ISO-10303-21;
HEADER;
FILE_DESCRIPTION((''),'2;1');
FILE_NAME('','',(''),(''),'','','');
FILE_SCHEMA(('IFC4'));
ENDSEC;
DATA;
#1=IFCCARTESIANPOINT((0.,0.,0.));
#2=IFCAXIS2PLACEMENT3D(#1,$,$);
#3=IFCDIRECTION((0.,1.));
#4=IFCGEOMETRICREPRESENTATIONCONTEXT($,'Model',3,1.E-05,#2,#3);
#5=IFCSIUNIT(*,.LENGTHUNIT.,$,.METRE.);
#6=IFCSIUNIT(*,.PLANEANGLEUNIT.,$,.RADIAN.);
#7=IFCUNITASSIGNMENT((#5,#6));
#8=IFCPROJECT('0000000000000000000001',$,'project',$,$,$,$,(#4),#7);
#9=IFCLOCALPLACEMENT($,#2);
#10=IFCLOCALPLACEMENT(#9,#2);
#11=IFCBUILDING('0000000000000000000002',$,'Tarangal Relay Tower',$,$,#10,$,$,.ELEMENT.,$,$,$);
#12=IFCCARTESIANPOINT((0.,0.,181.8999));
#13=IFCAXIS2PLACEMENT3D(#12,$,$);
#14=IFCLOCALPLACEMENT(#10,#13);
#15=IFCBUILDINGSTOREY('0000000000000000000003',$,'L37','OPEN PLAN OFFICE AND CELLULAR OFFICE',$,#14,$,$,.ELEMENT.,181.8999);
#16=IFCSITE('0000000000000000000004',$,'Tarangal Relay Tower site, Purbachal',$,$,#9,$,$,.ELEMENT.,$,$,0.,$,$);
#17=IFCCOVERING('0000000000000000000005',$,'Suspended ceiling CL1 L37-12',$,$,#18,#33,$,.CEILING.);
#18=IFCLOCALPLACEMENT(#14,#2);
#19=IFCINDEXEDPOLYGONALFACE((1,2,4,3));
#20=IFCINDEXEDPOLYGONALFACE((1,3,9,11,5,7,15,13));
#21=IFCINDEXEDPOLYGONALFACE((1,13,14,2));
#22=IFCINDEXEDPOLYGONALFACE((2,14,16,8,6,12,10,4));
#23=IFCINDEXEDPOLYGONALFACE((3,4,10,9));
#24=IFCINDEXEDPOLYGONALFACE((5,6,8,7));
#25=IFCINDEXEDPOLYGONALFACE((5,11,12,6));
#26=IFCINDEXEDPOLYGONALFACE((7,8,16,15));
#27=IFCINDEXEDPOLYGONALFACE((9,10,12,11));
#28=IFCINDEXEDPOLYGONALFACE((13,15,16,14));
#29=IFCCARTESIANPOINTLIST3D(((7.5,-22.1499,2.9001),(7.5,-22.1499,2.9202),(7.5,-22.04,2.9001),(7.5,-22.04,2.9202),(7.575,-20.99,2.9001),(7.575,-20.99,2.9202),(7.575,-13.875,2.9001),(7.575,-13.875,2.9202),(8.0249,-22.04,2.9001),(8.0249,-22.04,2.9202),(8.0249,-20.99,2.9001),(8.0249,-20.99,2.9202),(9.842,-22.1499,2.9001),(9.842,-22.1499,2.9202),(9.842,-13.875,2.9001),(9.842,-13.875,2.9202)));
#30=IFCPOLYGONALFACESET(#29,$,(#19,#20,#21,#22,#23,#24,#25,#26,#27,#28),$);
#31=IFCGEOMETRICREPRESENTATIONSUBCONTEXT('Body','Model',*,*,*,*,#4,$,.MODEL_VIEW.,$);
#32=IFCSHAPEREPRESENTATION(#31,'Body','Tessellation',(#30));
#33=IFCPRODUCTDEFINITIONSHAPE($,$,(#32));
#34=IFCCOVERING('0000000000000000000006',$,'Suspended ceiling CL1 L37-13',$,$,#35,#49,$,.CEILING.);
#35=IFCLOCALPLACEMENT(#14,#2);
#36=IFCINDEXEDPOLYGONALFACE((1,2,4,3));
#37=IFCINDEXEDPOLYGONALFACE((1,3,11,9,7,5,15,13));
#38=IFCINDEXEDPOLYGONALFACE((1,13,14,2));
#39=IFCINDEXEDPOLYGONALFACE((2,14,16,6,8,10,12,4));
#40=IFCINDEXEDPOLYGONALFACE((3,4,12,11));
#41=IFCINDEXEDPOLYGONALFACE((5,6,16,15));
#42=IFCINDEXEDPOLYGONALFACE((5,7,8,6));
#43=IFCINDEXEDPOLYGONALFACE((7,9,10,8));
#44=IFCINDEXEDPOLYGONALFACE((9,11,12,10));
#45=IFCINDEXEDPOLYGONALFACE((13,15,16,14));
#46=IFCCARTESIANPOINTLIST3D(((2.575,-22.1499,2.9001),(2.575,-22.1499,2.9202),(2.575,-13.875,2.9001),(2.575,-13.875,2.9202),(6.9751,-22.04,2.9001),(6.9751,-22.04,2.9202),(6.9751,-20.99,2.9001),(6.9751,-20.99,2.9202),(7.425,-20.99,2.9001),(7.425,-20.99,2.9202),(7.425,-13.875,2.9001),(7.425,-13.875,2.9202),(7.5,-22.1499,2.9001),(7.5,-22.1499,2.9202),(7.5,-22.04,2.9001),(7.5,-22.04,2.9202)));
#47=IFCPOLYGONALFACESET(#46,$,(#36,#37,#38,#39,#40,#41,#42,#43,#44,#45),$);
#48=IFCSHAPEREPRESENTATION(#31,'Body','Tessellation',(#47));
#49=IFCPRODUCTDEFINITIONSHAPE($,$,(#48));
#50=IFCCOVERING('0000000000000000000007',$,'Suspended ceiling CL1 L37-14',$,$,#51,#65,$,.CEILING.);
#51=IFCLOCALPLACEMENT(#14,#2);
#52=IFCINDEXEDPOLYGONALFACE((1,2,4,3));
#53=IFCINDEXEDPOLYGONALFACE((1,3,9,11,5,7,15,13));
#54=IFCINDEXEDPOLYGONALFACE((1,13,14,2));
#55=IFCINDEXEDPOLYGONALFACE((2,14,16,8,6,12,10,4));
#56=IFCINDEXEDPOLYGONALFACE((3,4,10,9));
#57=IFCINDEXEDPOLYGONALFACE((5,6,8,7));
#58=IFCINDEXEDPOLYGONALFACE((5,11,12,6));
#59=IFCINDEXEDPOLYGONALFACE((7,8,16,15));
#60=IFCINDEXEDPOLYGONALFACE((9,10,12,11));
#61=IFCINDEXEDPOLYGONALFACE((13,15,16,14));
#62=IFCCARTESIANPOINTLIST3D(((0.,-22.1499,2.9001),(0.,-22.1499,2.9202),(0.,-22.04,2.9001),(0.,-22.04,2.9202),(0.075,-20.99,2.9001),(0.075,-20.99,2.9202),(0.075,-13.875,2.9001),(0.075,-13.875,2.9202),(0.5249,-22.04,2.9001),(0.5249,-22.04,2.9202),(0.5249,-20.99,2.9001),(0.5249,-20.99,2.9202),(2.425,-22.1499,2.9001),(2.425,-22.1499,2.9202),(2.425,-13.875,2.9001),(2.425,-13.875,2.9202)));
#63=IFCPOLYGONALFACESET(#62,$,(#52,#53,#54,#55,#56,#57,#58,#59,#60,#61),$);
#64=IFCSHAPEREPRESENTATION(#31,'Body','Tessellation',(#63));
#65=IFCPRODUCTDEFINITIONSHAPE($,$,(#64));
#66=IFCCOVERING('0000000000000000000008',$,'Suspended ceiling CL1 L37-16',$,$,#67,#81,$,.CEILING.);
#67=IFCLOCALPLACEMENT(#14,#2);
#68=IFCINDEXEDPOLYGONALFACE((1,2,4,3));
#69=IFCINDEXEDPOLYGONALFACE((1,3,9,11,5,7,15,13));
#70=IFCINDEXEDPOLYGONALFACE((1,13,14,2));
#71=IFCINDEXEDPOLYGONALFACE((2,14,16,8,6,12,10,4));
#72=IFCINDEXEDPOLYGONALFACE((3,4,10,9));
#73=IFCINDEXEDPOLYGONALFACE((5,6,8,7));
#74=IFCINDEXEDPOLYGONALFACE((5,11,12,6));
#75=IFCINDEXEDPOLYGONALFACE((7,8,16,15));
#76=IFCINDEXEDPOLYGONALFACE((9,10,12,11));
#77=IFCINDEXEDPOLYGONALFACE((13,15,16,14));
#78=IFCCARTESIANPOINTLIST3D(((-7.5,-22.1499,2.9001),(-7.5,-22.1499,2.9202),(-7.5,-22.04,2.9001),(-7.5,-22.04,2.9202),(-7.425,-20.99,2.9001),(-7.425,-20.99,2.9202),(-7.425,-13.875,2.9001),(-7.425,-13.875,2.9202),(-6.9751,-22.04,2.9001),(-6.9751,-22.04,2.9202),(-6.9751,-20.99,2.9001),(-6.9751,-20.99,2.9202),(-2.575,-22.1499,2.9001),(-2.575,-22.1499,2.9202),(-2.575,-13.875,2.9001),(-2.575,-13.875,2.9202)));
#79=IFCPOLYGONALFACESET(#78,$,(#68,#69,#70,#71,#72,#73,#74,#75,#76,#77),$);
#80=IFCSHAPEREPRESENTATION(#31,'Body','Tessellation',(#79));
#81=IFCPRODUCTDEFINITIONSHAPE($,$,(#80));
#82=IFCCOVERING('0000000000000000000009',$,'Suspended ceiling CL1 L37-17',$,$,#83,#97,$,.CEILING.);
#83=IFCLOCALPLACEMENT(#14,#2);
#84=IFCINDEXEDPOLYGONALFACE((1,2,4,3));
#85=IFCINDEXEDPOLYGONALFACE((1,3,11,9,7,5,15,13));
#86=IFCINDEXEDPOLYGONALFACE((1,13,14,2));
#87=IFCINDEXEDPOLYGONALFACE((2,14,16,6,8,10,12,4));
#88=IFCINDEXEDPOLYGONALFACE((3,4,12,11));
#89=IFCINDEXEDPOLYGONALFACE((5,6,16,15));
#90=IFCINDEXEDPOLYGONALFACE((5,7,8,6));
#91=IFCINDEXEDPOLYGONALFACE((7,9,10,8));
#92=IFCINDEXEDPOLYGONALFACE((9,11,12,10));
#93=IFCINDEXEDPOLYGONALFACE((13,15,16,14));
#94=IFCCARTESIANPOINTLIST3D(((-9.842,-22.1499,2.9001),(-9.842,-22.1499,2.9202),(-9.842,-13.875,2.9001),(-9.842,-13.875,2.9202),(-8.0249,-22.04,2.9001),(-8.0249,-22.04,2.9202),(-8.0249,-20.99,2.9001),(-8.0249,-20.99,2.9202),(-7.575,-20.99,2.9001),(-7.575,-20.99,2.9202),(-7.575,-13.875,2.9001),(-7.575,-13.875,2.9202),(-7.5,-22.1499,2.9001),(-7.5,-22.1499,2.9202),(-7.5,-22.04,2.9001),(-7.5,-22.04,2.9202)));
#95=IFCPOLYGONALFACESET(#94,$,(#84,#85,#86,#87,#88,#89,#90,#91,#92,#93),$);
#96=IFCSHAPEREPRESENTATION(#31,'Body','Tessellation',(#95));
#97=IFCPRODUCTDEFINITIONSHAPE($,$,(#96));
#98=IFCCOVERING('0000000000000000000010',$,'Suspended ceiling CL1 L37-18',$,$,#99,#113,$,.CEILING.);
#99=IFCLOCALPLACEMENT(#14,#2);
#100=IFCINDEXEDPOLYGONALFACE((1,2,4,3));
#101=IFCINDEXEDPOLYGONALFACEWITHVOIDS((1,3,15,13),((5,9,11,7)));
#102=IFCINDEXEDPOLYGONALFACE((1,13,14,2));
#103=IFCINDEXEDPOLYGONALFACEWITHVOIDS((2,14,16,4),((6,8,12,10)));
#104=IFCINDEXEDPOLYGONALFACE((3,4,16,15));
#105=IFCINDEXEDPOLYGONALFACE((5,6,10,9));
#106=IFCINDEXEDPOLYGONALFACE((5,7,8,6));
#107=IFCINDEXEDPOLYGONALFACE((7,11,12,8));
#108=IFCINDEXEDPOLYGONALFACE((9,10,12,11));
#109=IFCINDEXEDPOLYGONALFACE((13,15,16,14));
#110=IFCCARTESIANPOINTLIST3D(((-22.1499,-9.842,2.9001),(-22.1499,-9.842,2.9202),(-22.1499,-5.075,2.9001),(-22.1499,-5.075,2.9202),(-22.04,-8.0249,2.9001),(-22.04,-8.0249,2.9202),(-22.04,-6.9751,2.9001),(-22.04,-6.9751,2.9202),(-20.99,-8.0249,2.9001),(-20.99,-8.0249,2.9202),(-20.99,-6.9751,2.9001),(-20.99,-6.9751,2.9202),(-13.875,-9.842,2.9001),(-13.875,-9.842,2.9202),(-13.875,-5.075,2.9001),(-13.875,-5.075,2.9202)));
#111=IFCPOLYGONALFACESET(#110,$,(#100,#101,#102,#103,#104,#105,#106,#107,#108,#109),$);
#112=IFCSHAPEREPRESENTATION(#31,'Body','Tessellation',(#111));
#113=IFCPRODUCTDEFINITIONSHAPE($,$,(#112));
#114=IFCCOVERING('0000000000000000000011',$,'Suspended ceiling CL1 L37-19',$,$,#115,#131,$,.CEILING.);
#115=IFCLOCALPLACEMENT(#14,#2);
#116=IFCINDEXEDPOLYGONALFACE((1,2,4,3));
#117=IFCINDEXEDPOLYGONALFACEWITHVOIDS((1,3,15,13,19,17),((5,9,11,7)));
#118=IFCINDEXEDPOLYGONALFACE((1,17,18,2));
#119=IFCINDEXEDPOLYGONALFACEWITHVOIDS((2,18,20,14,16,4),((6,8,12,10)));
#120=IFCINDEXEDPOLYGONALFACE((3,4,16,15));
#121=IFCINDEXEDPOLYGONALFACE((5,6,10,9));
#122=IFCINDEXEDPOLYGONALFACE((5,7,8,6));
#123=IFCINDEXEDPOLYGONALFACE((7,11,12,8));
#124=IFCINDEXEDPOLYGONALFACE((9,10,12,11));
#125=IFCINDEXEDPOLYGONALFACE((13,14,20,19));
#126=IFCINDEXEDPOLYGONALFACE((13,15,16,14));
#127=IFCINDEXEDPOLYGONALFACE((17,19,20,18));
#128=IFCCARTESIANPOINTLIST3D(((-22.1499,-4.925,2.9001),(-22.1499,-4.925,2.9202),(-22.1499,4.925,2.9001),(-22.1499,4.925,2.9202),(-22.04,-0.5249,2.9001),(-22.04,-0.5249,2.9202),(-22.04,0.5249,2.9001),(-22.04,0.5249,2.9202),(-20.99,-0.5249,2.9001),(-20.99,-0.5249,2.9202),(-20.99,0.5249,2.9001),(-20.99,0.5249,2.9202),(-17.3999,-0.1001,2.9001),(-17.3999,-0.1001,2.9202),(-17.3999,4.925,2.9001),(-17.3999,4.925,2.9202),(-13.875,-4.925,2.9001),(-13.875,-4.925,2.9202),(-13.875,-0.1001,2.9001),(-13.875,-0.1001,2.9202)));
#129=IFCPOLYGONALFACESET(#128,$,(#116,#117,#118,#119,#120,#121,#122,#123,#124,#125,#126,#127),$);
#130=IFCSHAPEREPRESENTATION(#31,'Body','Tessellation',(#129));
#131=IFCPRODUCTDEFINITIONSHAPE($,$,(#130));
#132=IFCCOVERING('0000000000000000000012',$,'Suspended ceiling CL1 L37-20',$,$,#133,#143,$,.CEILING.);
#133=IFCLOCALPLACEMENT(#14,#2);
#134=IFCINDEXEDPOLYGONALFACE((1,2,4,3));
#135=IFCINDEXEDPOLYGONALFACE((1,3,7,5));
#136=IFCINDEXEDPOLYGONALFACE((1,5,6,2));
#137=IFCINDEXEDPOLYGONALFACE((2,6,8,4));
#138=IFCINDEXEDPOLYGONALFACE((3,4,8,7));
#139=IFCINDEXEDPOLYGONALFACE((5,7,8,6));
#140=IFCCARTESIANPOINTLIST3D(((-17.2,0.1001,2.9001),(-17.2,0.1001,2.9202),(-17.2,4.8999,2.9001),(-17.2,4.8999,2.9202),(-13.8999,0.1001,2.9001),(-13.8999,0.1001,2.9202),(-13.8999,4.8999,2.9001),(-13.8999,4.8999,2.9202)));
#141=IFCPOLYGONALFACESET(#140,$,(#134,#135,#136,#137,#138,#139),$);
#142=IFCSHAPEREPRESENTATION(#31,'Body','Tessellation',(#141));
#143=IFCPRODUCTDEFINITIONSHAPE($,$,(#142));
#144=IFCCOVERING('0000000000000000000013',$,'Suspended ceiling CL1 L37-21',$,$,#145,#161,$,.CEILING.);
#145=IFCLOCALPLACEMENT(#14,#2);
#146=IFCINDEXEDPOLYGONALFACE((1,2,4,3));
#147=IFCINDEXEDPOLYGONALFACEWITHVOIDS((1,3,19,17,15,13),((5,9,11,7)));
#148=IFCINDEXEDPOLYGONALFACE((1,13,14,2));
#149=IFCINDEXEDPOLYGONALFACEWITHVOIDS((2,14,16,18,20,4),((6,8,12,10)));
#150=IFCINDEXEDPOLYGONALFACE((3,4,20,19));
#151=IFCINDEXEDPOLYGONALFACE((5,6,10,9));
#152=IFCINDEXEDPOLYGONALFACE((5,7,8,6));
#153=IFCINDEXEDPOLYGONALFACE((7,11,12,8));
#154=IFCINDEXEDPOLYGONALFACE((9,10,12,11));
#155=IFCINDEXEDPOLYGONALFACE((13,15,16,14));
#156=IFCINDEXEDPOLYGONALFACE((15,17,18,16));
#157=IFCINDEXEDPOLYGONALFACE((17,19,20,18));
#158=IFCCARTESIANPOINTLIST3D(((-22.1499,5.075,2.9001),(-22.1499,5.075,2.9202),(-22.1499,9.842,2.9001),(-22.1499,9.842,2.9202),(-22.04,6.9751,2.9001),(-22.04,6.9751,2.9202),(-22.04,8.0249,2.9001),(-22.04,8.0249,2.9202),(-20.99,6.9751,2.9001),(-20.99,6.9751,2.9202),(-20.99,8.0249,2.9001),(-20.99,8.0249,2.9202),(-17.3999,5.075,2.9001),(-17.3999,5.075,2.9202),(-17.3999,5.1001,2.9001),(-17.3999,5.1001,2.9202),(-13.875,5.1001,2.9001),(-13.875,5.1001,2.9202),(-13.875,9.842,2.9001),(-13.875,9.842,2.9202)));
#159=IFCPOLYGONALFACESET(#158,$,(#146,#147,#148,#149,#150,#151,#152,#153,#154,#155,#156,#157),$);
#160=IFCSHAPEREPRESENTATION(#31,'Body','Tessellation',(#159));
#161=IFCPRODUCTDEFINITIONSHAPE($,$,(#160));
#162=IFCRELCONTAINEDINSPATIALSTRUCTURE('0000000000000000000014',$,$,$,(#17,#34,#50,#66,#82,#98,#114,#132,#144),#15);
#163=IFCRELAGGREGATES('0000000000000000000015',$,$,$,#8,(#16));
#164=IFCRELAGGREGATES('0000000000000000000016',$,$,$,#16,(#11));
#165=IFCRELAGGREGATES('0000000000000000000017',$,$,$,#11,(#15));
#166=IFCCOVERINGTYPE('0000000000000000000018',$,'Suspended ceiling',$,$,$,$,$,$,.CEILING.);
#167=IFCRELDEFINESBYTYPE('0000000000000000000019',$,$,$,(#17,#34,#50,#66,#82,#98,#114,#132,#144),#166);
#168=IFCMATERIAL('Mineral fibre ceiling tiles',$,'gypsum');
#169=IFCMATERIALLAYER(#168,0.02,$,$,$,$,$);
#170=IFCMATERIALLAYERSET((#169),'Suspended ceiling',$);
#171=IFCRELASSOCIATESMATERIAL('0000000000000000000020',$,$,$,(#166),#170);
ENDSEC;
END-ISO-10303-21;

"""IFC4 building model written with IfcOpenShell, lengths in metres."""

from ifc_helpers import new_model, si_unit, direction, frame, origin, place, context, subcontext, project, spatial, polyline, outline, extrude, material, layer, layer_set, type_object, element, save


model = new_model("IFC4")

# Units and contexts
model_context = context("Model", 3, precision=1e-05, world=origin(), true_north=direction((0.0, 1.0)))
body_context = subcontext(model_context, "Body", "Model", "MODEL_VIEW")
ifc_project = project(units=[si_unit("LENGTHUNIT", "METRE"), si_unit("PLANEANGLEUNIT", "RADIAN")], contexts=[model_context])

# Site, building, storey
site_placement = place(None, origin())
site = spatial("IfcSite", under=ifc_project, at=site_placement, Name="Tarangal Relay Tower site, Purbachal", CompositionType="ELEMENT", RefElevation=0.0)
building_placement = place(site_placement, origin())
building = spatial("IfcBuilding", under=site, at=building_placement, Name="Tarangal Relay Tower", CompositionType="ELEMENT")
storey_placement = place(building_placement, frame((0.0, 0.0, 181.8999)))
storey = spatial("IfcBuildingStorey", under=building, at=storey_placement, Name="L37", Description="OPEN PLAN OFFICE AND CELLULAR OFFICE", CompositionType="ELEMENT", Elevation=181.8999)

# Coverings
ifc_material_1 = material(Name="Mineral fibre ceiling tiles", Category="gypsum")
ifc_layer_1 = layer(ifc_material_1, 0.02)
ifc_layer_set_1 = layer_set([ifc_layer_1], Name="Suspended ceiling")
covering_type_1 = type_object("IfcCoveringType", Name="Suspended ceiling", PredefinedType="CEILING", material=ifc_layer_set_1)
covering_1_placement = place(storey_placement, frame((0.0, 0.0, 2.9001)))
element("IfcCovering", 1, at=covering_1_placement, inside=storey, type_object=covering_type_1, Name="Suspended ceiling CL1 L37-12", PredefinedType="CEILING", context=body_context, shape_type="SweptSolid", body=[
    extrude(outline(polyline([(7.5, -22.1499), (9.842, -22.1499), (9.842, -13.875), (7.575, -13.875), (7.575, -20.99), (8.0249, -20.99), (8.0249, -22.04), (7.5, -22.04), (7.5, -22.1499)])), origin(), (0.0, 0.0, 1.0), 0.02),
])
covering_2_placement = place(storey_placement, frame((0.0, 0.0, 2.9001)))
element("IfcCovering", 2, at=covering_2_placement, inside=storey, type_object=covering_type_1, Name="Suspended ceiling CL1 L37-13", PredefinedType="CEILING", context=body_context, shape_type="SweptSolid", body=[
    extrude(outline(polyline([(2.575, -22.1499), (7.5, -22.1499), (7.5, -22.04), (6.9751, -22.04), (6.9751, -20.99), (7.425, -20.99), (7.425, -13.875), (2.575, -13.875), (2.575, -22.1499)])), origin(), (0.0, 0.0, 1.0), 0.02),
])
covering_3_placement = place(storey_placement, frame((0.0, 0.0, 2.9001)))
element("IfcCovering", 3, at=covering_3_placement, inside=storey, type_object=covering_type_1, Name="Suspended ceiling CL1 L37-14", PredefinedType="CEILING", context=body_context, shape_type="SweptSolid", body=[
    extrude(outline(polyline([(0.0, -22.1499), (2.425, -22.1499), (2.425, -13.875), (0.075, -13.875), (0.075, -20.99), (0.5249, -20.99), (0.5249, -22.04), (0.0, -22.04), (0.0, -22.1499)])), origin(), (0.0, 0.0, 1.0), 0.02),
])
covering_4_placement = place(storey_placement, frame((0.0, 0.0, 2.9001)))
element("IfcCovering", 4, at=covering_4_placement, inside=storey, type_object=covering_type_1, Name="Suspended ceiling CL1 L37-16", PredefinedType="CEILING", context=body_context, shape_type="SweptSolid", body=[
    extrude(outline(polyline([(-7.5, -22.1499), (-2.575, -22.1499), (-2.575, -13.875), (-7.425, -13.875), (-7.425, -20.99), (-6.9751, -20.99), (-6.9751, -22.04), (-7.5, -22.04), (-7.5, -22.1499)])), origin(), (0.0, 0.0, 1.0), 0.02),
])
covering_5_placement = place(storey_placement, frame((0.0, 0.0, 2.9001)))
element("IfcCovering", 5, at=covering_5_placement, inside=storey, type_object=covering_type_1, Name="Suspended ceiling CL1 L37-17", PredefinedType="CEILING", context=body_context, shape_type="SweptSolid", body=[
    extrude(outline(polyline([(-9.842, -22.1499), (-7.5, -22.1499), (-7.5, -22.04), (-8.0249, -22.04), (-8.0249, -20.99), (-7.575, -20.99), (-7.575, -13.875), (-9.842, -13.875), (-9.842, -22.1499)])), origin(), (0.0, 0.0, 1.0), 0.02),
])
covering_6_placement = place(storey_placement, frame((0.0, 0.0, 2.9001)))
element("IfcCovering", 6, at=covering_6_placement, inside=storey, type_object=covering_type_1, Name="Suspended ceiling CL1 L37-18", PredefinedType="CEILING", context=body_context, shape_type="SweptSolid", body=[
    extrude(outline(polyline([(-22.1499, -5.075), (-22.1499, -9.842), (-13.875, -9.842), (-13.875, -5.075), (-22.1499, -5.075)]), holes=[polyline([(-20.99, -6.9751), (-22.04, -6.9751), (-22.04, -8.0249), (-20.99, -8.0249), (-20.99, -6.9751)])]), origin(), (0.0, 0.0, 1.0), 0.02),
])
covering_7_placement = place(storey_placement, frame((0.0, 0.0, 2.9001)))
element("IfcCovering", 7, at=covering_7_placement, inside=storey, type_object=covering_type_1, Name="Suspended ceiling CL1 L37-19", PredefinedType="CEILING", context=body_context, shape_type="SweptSolid", body=[
    extrude(outline(polyline([(-22.1499, 4.925), (-22.1499, -4.925), (-13.875, -4.925), (-13.875, -0.1001), (-17.3999, -0.1001), (-17.3999, 4.925), (-22.1499, 4.925)]), holes=[polyline([(-20.99, 0.5249), (-22.04, 0.5249), (-22.04, -0.5249), (-20.99, -0.5249), (-20.99, 0.5249)])]), origin(), (0.0, 0.0, 1.0), 0.02),
])
covering_8_placement = place(storey_placement, frame((0.0, 0.0, 2.9001)))
element("IfcCovering", 8, at=covering_8_placement, inside=storey, type_object=covering_type_1, Name="Suspended ceiling CL1 L37-20", PredefinedType="CEILING", context=body_context, shape_type="SweptSolid", body=[
    extrude(outline(polyline([(-13.8999, 4.8999), (-17.2, 4.8999), (-17.2, 0.1001), (-13.8999, 0.1001), (-13.8999, 4.8999)])), origin(), (0.0, 0.0, 1.0), 0.02),
])
covering_9_placement = place(storey_placement, frame((0.0, 0.0, 2.9001)))
element("IfcCovering", 9, at=covering_9_placement, inside=storey, type_object=covering_type_1, Name="Suspended ceiling CL1 L37-21", PredefinedType="CEILING", context=body_context, shape_type="SweptSolid", body=[
    extrude(outline(polyline([(-22.1499, 9.842), (-22.1499, 5.075), (-17.3999, 5.075), (-17.3999, 5.1001), (-13.875, 5.1001), (-13.875, 9.842), (-22.1499, 9.842)]), holes=[polyline([(-20.99, 8.0249), (-22.04, 8.0249), (-22.04, 6.9751), (-20.99, 6.9751), (-20.99, 8.0249)])]), origin(), (0.0, 0.0, 1.0), 0.02),
])

save(model, "model.ifc")
